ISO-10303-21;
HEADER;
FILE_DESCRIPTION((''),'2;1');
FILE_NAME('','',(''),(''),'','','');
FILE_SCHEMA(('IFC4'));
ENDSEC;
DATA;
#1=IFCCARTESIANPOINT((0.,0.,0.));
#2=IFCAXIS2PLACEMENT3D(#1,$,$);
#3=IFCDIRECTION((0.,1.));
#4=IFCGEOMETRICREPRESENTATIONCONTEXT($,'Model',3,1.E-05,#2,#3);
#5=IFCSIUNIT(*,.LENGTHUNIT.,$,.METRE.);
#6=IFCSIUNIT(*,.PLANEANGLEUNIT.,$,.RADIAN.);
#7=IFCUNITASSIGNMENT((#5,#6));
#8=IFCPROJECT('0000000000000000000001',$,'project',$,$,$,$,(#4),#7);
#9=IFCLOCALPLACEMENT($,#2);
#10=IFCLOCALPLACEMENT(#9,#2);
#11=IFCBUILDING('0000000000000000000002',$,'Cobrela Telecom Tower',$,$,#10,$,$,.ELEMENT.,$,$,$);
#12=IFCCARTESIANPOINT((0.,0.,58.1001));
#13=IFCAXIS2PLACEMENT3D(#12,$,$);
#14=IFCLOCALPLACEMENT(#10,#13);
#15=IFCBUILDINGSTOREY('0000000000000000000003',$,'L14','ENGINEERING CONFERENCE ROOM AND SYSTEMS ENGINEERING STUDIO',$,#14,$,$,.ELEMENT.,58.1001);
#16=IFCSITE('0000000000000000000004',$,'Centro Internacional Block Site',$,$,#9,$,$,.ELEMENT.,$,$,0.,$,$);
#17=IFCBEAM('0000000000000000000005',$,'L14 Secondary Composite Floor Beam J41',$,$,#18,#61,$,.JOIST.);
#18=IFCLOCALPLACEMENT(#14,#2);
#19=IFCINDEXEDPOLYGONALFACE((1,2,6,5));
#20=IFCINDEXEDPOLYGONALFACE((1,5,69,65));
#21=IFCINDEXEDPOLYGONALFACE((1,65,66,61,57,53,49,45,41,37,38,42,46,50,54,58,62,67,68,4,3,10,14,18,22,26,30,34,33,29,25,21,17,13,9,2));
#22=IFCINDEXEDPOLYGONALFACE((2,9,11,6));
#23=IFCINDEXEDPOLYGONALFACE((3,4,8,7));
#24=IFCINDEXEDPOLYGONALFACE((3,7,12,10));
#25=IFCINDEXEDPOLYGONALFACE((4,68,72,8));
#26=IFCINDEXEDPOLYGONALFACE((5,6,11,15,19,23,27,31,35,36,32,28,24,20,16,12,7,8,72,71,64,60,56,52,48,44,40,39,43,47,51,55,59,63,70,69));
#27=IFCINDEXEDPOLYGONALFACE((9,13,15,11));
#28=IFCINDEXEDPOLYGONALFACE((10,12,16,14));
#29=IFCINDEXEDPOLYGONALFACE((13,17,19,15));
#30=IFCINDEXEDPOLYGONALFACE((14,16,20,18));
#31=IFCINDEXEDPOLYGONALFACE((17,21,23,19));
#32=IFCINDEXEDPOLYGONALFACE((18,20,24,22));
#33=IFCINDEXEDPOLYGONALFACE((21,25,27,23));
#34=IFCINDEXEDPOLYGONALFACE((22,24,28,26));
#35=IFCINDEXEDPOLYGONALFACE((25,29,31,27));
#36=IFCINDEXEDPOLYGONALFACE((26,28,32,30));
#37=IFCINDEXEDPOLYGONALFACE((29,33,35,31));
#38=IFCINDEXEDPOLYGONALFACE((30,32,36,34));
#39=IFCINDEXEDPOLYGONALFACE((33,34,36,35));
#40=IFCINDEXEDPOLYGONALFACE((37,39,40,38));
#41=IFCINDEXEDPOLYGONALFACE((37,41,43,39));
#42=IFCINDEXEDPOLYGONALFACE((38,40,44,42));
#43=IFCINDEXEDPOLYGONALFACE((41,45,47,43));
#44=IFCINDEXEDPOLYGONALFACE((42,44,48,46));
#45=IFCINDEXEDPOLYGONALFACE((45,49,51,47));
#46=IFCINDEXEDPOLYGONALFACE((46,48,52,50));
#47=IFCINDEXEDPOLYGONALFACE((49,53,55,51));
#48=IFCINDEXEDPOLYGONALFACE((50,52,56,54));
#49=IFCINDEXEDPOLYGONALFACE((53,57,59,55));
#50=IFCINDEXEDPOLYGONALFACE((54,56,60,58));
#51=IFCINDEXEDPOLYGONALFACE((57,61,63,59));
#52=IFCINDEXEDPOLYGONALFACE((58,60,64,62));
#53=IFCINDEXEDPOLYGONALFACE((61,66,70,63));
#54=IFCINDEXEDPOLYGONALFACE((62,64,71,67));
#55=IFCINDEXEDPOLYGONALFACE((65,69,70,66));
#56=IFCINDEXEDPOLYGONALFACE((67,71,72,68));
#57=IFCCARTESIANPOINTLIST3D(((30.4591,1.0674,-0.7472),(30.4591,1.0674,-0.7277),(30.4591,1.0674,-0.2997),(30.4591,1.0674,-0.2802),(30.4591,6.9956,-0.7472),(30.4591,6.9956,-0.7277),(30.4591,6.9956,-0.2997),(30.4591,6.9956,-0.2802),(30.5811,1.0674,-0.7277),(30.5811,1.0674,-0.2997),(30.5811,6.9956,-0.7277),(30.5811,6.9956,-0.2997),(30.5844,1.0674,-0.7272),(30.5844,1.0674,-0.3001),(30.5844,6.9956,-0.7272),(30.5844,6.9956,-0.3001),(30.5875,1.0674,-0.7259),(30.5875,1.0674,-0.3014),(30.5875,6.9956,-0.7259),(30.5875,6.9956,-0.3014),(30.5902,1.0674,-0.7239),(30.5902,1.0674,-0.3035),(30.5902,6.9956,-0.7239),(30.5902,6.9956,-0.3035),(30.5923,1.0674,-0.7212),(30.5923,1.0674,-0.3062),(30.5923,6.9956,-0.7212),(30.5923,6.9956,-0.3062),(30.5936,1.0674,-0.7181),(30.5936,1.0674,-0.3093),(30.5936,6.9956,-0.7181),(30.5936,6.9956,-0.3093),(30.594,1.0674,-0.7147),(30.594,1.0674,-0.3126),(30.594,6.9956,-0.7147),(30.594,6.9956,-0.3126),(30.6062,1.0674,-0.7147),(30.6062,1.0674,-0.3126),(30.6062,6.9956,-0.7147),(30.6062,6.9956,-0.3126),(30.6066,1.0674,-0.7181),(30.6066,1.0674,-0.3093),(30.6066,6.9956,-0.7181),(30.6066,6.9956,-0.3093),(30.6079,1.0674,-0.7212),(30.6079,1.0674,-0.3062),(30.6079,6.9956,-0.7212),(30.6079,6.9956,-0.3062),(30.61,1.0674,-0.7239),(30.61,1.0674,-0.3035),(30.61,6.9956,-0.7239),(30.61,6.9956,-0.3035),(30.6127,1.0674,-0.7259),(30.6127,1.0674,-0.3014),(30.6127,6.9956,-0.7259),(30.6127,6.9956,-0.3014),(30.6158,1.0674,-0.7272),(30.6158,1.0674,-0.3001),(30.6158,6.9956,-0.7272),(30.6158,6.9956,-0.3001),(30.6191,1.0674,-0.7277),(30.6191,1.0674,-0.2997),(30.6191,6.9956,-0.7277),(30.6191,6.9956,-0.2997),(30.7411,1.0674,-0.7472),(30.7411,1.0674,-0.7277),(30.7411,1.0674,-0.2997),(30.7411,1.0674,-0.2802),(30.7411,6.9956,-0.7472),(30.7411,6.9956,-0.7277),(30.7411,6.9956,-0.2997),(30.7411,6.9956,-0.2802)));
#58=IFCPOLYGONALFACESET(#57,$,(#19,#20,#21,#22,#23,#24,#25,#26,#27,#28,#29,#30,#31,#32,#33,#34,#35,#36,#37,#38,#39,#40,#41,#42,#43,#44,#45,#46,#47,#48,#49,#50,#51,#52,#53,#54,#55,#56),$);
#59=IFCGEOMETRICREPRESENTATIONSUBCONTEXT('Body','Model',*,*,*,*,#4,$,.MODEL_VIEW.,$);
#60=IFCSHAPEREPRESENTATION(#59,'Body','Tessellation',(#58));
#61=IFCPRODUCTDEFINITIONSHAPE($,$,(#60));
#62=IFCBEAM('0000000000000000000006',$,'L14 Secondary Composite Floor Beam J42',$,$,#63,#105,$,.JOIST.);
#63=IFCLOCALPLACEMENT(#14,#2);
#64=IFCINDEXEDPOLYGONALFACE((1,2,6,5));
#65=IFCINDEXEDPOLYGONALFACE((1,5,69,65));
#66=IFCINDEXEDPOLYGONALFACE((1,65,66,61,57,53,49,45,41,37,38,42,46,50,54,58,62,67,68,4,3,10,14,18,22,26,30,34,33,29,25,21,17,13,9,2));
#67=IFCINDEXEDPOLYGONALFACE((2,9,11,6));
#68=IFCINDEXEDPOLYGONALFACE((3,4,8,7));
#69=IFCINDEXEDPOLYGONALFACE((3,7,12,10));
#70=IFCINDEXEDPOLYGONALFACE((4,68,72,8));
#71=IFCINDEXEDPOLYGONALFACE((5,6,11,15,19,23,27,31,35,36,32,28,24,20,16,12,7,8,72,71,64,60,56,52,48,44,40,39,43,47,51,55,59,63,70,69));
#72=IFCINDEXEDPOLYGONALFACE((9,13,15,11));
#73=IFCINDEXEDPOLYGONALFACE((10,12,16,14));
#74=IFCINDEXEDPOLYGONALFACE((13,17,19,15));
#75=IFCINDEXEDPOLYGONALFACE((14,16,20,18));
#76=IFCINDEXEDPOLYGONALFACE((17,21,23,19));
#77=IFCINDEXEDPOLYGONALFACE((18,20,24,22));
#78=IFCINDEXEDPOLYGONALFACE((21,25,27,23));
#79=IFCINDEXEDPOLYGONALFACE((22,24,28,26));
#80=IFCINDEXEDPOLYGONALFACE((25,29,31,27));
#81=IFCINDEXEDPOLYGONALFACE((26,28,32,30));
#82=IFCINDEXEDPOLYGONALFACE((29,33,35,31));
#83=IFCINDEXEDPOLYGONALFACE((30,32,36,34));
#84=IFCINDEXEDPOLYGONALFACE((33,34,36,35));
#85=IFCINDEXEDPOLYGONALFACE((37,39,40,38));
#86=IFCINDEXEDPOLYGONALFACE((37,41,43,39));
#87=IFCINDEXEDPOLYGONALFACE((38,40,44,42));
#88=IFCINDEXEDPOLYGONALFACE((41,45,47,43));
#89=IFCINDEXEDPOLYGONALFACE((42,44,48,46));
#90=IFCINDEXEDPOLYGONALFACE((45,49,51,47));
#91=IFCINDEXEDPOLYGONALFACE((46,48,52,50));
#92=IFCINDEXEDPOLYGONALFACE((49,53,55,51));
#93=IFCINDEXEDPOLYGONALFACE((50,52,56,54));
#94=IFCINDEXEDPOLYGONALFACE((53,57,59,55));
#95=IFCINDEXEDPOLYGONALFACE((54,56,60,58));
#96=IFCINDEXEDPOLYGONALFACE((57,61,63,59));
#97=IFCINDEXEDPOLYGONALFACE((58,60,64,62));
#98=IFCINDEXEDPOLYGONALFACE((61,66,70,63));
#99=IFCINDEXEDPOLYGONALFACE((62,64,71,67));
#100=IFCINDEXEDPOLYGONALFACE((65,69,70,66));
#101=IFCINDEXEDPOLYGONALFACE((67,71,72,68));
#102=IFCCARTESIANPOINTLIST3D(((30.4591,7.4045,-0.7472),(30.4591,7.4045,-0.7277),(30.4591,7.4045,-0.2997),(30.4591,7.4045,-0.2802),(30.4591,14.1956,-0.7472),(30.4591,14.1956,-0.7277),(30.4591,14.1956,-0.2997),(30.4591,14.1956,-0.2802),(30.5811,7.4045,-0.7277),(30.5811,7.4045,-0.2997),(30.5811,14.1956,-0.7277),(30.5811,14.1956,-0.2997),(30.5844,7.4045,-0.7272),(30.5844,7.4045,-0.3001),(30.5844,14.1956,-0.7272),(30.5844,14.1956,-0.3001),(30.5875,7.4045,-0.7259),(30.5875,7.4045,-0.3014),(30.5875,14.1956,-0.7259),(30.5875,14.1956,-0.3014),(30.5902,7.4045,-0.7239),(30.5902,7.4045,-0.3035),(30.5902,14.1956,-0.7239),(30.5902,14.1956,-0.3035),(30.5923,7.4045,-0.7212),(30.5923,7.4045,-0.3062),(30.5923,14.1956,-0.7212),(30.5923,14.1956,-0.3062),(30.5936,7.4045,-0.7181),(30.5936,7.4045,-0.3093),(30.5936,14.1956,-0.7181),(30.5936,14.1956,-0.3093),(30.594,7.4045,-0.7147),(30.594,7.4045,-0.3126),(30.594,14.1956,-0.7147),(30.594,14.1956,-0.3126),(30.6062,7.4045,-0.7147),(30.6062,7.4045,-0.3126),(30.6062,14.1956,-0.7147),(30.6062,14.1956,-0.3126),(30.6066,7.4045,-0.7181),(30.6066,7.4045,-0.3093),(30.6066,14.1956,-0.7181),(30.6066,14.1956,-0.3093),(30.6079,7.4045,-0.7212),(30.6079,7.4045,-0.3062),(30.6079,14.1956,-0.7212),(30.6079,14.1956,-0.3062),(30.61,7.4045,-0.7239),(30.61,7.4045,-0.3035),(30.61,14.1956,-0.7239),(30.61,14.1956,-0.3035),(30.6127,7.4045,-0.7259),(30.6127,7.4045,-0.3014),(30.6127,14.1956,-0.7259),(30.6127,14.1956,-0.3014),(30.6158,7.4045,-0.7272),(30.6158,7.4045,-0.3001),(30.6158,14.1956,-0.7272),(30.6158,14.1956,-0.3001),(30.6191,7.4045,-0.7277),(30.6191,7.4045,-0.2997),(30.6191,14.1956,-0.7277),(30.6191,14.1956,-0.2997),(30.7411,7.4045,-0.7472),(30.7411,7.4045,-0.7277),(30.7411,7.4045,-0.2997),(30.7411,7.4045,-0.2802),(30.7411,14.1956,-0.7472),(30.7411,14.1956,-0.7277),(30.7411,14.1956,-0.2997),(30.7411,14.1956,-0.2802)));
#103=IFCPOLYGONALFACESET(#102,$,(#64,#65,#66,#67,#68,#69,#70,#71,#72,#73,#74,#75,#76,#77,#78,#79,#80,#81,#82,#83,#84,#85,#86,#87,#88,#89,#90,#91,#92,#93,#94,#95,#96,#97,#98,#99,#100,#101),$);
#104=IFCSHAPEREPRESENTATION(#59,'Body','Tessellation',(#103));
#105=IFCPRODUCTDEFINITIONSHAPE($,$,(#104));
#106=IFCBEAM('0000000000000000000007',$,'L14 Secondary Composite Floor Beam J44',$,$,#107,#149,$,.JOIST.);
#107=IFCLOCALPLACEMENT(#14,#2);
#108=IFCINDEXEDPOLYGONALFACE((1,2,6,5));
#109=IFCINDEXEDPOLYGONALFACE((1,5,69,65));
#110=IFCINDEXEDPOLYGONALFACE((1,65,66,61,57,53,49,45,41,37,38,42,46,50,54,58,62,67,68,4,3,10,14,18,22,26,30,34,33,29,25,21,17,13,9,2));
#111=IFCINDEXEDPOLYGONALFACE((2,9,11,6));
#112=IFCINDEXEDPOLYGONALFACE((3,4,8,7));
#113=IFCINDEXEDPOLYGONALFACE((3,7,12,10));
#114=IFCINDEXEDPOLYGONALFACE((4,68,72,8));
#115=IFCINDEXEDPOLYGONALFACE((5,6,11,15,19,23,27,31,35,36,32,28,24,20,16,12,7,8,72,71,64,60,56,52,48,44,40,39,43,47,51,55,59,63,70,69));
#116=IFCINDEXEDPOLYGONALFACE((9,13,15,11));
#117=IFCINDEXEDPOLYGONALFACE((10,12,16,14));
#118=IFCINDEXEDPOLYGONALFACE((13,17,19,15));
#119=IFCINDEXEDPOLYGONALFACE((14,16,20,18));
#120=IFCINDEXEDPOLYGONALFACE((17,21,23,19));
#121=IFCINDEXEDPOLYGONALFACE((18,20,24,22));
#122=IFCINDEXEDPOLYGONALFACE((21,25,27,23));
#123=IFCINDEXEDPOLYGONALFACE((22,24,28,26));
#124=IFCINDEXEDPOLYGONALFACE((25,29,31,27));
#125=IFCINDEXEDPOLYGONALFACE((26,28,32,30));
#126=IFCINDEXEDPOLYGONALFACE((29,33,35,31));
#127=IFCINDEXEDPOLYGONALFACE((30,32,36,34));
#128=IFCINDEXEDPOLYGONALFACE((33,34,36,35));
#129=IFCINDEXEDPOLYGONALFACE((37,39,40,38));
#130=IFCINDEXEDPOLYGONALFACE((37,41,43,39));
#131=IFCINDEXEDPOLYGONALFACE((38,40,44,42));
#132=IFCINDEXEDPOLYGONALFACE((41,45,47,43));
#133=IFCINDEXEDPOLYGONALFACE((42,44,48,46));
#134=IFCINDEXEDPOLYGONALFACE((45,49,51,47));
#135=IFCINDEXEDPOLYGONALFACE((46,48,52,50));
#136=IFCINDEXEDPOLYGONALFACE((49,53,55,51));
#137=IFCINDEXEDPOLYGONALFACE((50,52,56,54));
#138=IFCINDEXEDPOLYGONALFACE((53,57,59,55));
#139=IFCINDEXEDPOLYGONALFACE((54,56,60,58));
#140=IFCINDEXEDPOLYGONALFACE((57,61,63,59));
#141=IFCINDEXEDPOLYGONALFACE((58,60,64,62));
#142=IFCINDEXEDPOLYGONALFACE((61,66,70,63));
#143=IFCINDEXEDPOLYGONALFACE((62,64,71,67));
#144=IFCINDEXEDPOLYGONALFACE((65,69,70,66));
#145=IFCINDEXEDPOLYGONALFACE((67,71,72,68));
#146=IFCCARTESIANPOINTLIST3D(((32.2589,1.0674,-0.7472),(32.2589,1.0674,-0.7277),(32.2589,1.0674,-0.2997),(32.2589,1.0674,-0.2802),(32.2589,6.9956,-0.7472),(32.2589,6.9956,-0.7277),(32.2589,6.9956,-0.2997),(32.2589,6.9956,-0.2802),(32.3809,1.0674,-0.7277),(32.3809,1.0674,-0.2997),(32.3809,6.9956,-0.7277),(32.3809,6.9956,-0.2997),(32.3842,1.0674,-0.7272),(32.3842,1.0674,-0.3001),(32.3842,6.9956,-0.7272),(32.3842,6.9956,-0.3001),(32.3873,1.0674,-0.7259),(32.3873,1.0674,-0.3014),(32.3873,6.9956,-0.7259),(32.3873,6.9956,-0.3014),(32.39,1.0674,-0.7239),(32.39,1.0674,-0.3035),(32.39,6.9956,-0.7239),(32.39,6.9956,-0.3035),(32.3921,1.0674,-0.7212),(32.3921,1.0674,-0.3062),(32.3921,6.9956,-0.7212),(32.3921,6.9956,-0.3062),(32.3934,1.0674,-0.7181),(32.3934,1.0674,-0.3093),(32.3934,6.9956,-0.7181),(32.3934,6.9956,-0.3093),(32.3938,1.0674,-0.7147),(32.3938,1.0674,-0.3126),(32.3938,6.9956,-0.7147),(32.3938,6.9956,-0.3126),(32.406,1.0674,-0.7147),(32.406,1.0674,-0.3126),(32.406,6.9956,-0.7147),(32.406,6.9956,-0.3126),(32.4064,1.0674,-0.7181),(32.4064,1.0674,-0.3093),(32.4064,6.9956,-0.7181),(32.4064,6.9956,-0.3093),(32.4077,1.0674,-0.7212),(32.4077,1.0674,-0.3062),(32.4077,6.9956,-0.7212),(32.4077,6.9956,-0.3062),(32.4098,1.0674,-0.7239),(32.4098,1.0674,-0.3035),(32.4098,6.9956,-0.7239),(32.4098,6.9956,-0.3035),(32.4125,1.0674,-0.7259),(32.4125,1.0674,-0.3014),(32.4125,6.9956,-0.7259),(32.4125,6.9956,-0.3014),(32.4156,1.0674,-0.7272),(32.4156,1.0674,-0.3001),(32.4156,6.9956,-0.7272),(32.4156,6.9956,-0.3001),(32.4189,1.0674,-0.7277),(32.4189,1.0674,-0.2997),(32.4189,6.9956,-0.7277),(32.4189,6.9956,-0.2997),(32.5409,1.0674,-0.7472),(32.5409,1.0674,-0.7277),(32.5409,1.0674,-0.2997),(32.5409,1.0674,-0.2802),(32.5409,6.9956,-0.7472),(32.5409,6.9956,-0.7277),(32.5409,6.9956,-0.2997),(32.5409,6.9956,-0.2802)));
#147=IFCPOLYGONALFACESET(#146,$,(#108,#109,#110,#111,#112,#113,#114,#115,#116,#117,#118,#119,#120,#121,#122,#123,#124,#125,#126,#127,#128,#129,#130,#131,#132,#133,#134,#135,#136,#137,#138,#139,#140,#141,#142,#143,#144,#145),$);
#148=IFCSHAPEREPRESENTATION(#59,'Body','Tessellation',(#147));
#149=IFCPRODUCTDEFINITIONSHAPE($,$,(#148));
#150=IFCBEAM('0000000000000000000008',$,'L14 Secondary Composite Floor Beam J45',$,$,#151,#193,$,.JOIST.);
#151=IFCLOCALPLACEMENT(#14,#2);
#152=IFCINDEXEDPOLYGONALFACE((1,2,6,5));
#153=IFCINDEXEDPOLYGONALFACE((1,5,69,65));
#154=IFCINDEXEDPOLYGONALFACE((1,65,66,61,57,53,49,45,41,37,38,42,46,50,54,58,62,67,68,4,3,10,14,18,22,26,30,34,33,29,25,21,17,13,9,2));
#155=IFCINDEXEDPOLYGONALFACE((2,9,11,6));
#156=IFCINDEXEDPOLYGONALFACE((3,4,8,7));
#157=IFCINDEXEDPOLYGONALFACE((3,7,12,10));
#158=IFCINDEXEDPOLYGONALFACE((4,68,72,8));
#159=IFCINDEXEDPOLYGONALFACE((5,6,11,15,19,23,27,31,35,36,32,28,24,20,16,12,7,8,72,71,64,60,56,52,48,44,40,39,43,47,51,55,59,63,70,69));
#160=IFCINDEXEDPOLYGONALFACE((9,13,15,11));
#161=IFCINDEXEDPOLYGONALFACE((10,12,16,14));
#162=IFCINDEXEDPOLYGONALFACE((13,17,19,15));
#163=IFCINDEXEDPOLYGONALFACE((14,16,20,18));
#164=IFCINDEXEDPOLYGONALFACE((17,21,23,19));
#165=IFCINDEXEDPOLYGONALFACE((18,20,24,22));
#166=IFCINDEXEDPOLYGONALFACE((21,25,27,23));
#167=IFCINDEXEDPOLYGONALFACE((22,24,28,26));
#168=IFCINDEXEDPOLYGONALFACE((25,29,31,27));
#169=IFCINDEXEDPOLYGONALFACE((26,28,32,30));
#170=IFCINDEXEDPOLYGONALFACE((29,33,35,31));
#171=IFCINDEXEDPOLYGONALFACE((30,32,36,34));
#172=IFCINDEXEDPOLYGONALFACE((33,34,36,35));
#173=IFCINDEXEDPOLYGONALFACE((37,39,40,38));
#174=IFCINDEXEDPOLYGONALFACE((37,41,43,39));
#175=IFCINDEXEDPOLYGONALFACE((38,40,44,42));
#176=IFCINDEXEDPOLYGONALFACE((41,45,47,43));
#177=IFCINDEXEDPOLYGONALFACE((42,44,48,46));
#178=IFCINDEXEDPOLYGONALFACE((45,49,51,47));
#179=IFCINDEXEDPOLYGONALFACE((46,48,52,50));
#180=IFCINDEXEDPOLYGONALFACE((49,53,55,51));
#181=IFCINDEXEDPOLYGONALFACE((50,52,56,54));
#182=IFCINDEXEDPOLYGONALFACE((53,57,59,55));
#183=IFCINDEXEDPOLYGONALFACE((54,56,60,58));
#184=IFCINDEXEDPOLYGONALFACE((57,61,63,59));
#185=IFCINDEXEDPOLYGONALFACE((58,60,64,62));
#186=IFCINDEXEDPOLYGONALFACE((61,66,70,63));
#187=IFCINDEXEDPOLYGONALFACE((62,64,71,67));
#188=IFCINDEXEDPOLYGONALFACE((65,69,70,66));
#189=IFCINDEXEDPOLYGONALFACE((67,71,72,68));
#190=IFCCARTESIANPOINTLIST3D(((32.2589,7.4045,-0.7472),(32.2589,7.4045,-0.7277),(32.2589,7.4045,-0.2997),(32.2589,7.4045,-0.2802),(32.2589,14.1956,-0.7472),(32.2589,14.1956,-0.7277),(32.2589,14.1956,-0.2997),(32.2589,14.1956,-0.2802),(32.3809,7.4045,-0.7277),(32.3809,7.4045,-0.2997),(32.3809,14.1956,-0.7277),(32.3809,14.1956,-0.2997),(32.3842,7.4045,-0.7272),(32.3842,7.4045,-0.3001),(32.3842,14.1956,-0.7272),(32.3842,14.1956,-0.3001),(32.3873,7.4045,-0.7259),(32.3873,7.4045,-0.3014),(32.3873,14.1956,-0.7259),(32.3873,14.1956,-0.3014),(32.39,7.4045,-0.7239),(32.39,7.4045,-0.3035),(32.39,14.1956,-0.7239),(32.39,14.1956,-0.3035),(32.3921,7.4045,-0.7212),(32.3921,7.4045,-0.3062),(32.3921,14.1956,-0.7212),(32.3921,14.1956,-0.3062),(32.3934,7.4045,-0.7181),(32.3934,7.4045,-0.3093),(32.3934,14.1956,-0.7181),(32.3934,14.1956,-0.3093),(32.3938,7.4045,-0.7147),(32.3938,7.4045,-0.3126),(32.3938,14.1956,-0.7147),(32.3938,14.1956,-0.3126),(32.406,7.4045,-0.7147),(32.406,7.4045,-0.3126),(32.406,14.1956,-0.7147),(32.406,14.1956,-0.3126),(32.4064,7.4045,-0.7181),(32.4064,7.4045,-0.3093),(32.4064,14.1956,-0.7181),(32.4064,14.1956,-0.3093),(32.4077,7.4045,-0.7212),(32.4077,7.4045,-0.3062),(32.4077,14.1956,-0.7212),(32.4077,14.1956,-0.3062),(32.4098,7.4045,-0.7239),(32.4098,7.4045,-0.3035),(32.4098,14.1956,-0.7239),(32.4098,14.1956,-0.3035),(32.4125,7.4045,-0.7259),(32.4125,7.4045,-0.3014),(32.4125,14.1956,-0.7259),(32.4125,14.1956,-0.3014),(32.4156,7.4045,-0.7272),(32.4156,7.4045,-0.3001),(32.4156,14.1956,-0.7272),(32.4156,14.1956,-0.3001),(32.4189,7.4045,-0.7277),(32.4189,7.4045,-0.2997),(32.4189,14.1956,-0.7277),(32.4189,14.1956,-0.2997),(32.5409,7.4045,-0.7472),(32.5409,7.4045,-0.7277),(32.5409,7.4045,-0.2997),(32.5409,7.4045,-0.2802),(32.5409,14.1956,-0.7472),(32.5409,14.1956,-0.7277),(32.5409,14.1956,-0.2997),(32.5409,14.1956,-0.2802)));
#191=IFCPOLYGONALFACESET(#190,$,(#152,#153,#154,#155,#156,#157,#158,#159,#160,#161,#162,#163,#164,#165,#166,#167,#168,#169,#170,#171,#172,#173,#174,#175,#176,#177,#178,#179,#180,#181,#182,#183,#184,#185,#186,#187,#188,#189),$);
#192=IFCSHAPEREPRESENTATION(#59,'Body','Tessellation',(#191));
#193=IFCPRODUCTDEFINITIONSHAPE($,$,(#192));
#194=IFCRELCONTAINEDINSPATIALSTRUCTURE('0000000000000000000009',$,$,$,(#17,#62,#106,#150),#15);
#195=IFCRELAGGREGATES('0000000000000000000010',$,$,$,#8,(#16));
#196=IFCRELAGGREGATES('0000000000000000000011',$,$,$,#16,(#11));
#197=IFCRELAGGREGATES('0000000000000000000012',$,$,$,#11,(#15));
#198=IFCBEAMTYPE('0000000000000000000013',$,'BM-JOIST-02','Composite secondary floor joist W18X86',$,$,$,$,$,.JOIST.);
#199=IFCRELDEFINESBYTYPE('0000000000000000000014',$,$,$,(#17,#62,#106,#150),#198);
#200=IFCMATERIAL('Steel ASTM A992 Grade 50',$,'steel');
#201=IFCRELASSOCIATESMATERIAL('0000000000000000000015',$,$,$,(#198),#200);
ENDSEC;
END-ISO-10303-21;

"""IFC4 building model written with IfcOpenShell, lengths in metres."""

from ifc_helpers import new_model, si_unit, direction, frame, origin, origin_2d, place, context, subcontext, project, spatial, i_section, extrude, material, material_profile, profile_set, type_object, element, save


model = new_model("IFC4")

# Units and contexts
model_context = context("Model", 3, precision=1e-05, world=origin(), true_north=direction((0.0, 1.0)))
body_context = subcontext(model_context, "Body", "Model", "MODEL_VIEW")
ifc_project = project(units=[si_unit("LENGTHUNIT", "METRE"), si_unit("PLANEANGLEUNIT", "RADIAN")], contexts=[model_context])

# Site, building, storey
site_placement = place(None, origin())
site = spatial("IfcSite", under=ifc_project, at=site_placement, Name="Centro Internacional Block Site", CompositionType="ELEMENT", RefElevation=0.0)
building_placement = place(site_placement, origin())
building = spatial("IfcBuilding", under=site, at=building_placement, Name="Cobrela Telecom Tower", CompositionType="ELEMENT")
storey_placement = place(building_placement, frame((0.0, 0.0, 58.1001)))
storey = spatial("IfcBuildingStorey", under=building, at=storey_placement, Name="L14", Description="ENGINEERING CONFERENCE ROOM AND SYSTEMS ENGINEERING STUDIO", CompositionType="ELEMENT", Elevation=58.1001)

# Shared definitions
ifc_material_1 = material(Name="Steel ASTM A992 Grade 50", Category="steel")

# Beams
ifc_material_profile_1 = material_profile(ifc_material_1, i_section(OverallWidth=0.282, OverallDepth=0.467, WebThickness=0.0122, FlangeThickness=0.0195, FilletRadius=0.0129, at=origin_2d()), Name="W18X86")
ifc_profile_set_1 = profile_set([ifc_material_profile_1], Name="Steel ASTM A992 Grade 50")
beam_type_1 = type_object("IfcBeamType", Name="BM-JOIST-02", Description="Composite secondary floor joist W18X86", PredefinedType="JOIST", material=ifc_profile_set_1)
beam_1_placement = place(storey_placement, frame((30.6001, 1.0674, -0.5137), z_axis=(0.0, 1.0, 0.0), x_axis=(-1.0, 0.0, 0.0)))
element("IfcBeam", 1, at=beam_1_placement, inside=storey, type_object=beam_type_1, Name="L14 Secondary Composite Floor Beam J41", PredefinedType="JOIST", context=body_context, shape_type="SweptSolid", body=[
    extrude(i_section(OverallWidth=0.282, OverallDepth=0.467, WebThickness=0.0122, FlangeThickness=0.0195, FilletRadius=0.0129, at=origin_2d()), origin(), (0.0, 0.0, 1.0), 5.9282),
])
beam_2_placement = place(storey_placement, frame((30.6001, 7.4045, -0.5137), z_axis=(0.0, 1.0, 0.0), x_axis=(-1.0, 0.0, 0.0)))
element("IfcBeam", 2, at=beam_2_placement, inside=storey, type_object=beam_type_1, Name="L14 Secondary Composite Floor Beam J42", PredefinedType="JOIST", context=body_context, shape_type="SweptSolid", body=[
    extrude(i_section(OverallWidth=0.282, OverallDepth=0.467, WebThickness=0.0122, FlangeThickness=0.0195, FilletRadius=0.0129, at=origin_2d()), origin(), (0.0, 0.0, 1.0), 6.791),
])
beam_3_placement = place(storey_placement, frame((32.3999, 1.0674, -0.5137), z_axis=(0.0, 1.0, 0.0), x_axis=(-1.0, 0.0, 0.0)))
element("IfcBeam", 3, at=beam_3_placement, inside=storey, type_object=beam_type_1, Name="L14 Secondary Composite Floor Beam J44", PredefinedType="JOIST", context=body_context, shape_type="SweptSolid", body=[
    extrude(i_section(OverallWidth=0.282, OverallDepth=0.467, WebThickness=0.0122, FlangeThickness=0.0195, FilletRadius=0.0129, at=origin_2d()), origin(), (0.0, 0.0, 1.0), 5.9282),
])
beam_4_placement = place(storey_placement, frame((32.3999, 7.4045, -0.5137), z_axis=(0.0, 1.0, 0.0), x_axis=(-1.0, 0.0, 0.0)))
element("IfcBeam", 4, at=beam_4_placement, inside=storey, type_object=beam_type_1, Name="L14 Secondary Composite Floor Beam J45", PredefinedType="JOIST", context=body_context, shape_type="SweptSolid", body=[
    extrude(i_section(OverallWidth=0.282, OverallDepth=0.467, WebThickness=0.0122, FlangeThickness=0.0195, FilletRadius=0.0129, at=origin_2d()), origin(), (0.0, 0.0, 1.0), 6.791),
])

save(model, "model.ifc")
